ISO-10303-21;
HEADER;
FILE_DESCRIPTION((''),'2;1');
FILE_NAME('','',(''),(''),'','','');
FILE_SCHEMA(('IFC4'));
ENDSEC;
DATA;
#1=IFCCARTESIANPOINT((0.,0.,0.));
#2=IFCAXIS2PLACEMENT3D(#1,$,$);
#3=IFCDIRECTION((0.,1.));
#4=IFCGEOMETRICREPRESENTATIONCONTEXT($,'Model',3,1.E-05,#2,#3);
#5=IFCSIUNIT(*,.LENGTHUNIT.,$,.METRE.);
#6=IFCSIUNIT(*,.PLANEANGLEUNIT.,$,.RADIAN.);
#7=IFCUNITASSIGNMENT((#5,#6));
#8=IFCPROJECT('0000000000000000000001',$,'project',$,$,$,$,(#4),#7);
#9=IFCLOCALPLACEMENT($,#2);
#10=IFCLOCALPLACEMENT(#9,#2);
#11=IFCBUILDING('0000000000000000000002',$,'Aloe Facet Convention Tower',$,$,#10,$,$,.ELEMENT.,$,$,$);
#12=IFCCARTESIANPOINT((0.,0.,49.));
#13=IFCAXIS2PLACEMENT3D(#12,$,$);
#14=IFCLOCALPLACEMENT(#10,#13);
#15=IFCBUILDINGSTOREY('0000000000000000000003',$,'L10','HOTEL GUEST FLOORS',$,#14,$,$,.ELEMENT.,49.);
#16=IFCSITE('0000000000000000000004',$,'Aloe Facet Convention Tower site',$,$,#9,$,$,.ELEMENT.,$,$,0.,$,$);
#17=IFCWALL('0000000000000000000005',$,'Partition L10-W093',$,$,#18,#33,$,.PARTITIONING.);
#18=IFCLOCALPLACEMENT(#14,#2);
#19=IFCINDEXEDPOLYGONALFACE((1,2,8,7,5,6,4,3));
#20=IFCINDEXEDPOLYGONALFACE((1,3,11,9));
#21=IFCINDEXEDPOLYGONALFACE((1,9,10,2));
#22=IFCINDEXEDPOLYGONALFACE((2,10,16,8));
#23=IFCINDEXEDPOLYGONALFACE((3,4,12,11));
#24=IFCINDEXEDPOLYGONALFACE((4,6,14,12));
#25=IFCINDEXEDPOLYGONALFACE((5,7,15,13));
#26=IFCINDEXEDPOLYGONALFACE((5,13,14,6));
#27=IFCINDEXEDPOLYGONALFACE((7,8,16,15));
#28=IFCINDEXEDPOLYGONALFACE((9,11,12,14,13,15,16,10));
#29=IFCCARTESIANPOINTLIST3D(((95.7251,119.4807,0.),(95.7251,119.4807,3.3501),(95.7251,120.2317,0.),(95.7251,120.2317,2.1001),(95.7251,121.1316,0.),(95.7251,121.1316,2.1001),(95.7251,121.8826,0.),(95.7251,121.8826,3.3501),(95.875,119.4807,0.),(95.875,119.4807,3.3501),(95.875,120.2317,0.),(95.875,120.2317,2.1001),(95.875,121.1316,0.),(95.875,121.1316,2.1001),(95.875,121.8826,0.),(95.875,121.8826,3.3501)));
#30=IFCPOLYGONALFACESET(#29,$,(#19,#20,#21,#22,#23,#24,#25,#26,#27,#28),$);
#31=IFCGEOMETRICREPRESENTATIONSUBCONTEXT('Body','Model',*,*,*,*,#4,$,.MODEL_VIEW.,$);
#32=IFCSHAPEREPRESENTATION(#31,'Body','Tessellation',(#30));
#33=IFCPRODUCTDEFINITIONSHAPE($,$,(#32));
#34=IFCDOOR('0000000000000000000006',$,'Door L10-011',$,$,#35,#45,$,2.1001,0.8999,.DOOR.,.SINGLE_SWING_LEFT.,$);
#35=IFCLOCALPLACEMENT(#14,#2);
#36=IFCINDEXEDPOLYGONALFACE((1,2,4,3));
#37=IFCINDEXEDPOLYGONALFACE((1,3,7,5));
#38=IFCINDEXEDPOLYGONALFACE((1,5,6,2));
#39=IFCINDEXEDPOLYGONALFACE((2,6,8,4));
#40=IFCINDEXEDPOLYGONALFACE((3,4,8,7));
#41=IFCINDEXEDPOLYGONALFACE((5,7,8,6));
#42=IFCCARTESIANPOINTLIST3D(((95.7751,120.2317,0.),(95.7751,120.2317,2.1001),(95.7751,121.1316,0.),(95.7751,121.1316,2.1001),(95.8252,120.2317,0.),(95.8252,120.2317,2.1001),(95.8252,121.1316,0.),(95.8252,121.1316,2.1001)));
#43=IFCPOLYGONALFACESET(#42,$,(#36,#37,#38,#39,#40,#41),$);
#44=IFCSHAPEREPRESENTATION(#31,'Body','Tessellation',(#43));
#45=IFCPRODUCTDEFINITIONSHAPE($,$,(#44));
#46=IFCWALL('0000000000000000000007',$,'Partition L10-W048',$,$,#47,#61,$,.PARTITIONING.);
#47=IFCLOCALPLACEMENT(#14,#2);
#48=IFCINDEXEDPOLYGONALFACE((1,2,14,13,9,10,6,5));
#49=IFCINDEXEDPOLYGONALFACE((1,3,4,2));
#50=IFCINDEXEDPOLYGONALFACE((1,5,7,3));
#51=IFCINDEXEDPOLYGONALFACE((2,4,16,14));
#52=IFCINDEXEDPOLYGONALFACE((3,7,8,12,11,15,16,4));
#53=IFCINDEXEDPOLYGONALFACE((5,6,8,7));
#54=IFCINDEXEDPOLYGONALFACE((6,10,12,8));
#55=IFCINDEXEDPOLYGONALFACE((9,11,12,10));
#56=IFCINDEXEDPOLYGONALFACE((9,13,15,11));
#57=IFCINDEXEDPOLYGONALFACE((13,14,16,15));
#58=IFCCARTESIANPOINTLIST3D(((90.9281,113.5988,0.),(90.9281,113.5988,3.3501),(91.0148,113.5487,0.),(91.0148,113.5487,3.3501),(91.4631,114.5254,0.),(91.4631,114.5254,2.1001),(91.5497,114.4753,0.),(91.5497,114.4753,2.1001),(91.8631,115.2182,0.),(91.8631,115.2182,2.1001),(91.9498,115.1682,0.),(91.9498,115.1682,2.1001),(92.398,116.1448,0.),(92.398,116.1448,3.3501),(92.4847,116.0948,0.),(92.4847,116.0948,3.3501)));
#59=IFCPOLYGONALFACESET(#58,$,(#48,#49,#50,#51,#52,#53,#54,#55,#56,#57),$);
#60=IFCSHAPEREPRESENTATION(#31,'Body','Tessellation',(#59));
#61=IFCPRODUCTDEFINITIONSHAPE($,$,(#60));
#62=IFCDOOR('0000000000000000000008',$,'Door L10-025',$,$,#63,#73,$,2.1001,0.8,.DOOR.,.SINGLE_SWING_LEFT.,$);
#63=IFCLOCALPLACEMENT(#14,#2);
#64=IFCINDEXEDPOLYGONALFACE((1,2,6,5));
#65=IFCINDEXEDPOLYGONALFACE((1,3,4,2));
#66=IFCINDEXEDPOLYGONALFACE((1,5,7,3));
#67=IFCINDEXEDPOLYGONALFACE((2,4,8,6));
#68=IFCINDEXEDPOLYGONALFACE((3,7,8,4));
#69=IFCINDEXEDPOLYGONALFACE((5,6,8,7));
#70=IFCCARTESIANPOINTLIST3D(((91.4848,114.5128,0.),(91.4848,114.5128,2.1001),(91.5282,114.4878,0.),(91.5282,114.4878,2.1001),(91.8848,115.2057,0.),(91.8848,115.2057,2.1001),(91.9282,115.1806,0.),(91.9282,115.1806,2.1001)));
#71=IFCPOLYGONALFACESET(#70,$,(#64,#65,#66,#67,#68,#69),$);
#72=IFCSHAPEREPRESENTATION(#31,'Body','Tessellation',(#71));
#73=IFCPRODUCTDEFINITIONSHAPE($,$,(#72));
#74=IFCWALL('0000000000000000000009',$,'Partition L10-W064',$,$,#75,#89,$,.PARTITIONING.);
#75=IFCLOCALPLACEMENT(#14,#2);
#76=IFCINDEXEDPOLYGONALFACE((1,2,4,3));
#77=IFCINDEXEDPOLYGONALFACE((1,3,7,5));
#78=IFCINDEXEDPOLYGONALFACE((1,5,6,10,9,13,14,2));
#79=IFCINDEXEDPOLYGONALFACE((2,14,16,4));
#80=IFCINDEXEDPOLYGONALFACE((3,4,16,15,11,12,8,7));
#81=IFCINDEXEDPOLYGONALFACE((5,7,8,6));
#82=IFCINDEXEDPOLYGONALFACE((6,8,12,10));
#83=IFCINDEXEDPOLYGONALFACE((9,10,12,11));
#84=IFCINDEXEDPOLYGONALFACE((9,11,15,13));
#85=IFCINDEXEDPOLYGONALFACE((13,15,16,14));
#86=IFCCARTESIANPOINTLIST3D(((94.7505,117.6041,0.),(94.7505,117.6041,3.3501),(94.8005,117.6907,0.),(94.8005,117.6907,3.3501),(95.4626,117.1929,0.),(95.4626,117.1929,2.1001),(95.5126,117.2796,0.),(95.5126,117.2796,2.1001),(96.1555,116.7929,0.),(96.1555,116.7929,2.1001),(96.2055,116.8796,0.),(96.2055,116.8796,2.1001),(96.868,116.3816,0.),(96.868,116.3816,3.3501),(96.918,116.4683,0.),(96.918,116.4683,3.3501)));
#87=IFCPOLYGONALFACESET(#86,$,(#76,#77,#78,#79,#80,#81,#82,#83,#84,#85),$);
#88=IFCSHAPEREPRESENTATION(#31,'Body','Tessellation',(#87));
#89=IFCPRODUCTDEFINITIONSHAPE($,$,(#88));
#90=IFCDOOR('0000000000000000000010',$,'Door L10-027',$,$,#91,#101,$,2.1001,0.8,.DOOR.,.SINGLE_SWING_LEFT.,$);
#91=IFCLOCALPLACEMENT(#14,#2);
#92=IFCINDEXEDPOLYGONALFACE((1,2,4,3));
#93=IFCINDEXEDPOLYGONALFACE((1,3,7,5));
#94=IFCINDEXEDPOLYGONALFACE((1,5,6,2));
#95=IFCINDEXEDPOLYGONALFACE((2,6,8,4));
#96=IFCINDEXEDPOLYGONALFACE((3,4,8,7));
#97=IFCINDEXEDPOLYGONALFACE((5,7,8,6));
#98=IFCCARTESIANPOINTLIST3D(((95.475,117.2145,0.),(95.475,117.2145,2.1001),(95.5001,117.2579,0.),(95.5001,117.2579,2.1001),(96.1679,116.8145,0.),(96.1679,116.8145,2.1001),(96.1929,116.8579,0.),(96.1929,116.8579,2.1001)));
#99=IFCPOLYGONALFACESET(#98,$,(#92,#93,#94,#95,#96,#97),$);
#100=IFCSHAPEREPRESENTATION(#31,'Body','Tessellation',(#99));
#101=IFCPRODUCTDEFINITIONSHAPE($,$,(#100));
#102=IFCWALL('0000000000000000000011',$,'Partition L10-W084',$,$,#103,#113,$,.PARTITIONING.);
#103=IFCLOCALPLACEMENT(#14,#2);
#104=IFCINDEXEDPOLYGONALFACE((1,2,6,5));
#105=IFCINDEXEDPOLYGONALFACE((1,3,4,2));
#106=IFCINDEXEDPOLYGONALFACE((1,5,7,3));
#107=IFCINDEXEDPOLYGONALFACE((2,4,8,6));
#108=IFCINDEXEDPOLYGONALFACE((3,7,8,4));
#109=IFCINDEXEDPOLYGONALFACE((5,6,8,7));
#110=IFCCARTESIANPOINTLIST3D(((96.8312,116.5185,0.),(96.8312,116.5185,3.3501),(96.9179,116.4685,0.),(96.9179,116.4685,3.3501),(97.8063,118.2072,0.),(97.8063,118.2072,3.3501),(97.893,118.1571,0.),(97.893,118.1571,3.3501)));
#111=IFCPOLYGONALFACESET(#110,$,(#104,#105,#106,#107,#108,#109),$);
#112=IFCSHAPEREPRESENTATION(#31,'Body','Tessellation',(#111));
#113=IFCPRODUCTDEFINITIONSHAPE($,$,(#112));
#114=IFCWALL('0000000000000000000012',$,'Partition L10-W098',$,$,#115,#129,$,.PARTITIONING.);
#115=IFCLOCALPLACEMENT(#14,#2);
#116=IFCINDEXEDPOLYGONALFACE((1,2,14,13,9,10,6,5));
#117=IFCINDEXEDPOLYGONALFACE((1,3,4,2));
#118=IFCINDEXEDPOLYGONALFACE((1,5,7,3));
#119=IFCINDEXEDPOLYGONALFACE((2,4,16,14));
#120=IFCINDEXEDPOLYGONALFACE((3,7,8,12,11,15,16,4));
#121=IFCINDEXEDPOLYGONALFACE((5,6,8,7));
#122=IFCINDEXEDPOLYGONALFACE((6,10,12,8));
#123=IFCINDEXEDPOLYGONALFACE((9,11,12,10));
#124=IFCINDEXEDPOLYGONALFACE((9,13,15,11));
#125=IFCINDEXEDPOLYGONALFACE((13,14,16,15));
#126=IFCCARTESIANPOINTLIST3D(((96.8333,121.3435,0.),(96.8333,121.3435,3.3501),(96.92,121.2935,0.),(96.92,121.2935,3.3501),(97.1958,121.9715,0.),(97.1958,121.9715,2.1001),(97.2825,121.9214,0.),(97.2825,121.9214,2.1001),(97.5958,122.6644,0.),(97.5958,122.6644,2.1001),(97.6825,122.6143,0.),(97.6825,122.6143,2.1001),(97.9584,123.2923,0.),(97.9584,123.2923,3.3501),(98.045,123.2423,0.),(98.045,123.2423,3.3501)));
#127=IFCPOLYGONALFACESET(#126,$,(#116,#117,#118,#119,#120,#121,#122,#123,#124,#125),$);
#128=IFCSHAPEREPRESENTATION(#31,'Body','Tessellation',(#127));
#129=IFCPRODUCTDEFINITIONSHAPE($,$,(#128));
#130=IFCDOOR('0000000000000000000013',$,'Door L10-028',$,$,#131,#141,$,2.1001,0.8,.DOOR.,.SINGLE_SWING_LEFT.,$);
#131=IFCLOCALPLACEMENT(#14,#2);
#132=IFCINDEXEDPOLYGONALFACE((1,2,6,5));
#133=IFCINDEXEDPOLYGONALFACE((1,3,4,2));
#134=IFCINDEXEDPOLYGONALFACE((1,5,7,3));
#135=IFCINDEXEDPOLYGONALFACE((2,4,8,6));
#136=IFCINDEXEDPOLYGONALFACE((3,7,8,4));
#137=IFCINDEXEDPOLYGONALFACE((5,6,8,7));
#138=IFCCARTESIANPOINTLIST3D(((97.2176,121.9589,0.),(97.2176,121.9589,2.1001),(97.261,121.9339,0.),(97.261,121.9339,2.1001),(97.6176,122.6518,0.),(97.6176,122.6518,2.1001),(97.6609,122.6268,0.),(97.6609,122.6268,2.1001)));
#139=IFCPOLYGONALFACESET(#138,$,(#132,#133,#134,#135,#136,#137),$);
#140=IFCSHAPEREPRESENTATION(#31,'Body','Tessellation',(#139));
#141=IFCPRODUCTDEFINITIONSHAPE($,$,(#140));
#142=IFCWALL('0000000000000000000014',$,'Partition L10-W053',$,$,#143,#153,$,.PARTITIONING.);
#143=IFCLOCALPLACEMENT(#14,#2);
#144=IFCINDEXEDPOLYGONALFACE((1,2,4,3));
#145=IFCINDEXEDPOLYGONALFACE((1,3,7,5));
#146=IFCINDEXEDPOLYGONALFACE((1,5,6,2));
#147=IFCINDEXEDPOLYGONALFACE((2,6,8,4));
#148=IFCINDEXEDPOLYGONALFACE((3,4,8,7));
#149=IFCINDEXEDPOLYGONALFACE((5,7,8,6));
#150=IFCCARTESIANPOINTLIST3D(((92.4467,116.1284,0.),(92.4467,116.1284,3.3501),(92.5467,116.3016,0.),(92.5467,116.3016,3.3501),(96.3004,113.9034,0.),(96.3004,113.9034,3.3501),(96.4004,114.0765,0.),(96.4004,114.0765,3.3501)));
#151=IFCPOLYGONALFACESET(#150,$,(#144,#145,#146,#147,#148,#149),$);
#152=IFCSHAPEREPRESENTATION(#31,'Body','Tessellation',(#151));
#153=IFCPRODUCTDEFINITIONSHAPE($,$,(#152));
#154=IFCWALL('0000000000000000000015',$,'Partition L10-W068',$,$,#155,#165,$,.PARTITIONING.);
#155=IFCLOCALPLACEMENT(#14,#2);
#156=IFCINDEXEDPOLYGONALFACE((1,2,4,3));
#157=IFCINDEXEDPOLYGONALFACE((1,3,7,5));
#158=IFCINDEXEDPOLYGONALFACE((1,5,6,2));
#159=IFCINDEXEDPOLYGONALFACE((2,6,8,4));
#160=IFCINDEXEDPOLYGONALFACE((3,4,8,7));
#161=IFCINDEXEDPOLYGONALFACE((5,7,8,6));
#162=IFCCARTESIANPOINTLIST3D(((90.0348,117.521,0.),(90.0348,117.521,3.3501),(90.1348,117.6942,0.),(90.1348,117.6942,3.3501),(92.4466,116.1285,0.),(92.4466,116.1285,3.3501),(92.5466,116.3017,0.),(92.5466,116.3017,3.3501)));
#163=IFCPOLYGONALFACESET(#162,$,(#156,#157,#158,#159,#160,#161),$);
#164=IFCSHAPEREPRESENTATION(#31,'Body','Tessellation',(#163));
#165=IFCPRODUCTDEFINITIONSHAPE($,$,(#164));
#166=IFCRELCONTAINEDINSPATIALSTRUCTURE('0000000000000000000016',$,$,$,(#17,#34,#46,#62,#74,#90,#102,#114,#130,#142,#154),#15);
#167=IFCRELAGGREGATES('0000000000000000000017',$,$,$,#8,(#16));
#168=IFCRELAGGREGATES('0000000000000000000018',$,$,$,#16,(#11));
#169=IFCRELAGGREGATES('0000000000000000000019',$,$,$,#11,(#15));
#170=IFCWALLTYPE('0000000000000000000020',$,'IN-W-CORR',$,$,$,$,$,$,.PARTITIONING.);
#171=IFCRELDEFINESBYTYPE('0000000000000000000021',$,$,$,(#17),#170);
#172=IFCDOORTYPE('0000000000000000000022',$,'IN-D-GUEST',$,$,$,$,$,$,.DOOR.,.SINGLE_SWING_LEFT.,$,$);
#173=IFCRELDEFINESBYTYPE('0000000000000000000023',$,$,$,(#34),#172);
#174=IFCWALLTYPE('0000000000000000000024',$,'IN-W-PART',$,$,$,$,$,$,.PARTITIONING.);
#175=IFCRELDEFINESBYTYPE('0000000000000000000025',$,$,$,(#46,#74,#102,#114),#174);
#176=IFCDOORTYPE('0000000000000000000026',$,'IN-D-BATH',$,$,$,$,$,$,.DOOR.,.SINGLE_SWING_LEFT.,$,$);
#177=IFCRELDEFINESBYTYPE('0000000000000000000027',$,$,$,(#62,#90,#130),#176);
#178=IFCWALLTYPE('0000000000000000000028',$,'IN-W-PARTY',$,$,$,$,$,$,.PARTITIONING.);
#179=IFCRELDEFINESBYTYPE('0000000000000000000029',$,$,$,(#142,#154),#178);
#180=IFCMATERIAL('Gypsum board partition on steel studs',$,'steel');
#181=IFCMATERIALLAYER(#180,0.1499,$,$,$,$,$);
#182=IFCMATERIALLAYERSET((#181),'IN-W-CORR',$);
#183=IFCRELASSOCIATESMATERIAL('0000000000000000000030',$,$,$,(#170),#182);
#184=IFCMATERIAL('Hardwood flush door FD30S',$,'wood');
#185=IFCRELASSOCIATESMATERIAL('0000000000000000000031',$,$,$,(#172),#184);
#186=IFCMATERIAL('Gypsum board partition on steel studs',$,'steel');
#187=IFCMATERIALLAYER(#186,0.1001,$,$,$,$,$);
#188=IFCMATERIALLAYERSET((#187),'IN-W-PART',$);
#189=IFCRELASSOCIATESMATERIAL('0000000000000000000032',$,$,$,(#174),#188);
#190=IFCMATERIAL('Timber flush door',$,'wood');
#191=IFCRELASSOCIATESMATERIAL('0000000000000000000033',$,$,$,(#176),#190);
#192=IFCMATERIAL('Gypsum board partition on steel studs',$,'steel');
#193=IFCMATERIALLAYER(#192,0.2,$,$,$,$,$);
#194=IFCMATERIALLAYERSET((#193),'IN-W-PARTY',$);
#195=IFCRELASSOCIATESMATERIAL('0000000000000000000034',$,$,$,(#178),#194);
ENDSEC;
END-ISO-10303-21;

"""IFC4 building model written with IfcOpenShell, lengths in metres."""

from ifc_helpers import new_model, si_unit, direction, frame, frame_2d, origin, place, context, subcontext, project, spatial, rectangle, extrude, material, layer, layer_set, type_object, element, fill, save


model = new_model("IFC4")

# Units and contexts
model_context = context("Model", 3, precision=1e-05, world=origin(), true_north=direction((0.0, 1.0)))
body_context = subcontext(model_context, "Body", "Model", "MODEL_VIEW")
ifc_project = project(units=[si_unit("LENGTHUNIT", "METRE"), si_unit("PLANEANGLEUNIT", "RADIAN")], contexts=[model_context])

# Site, building, storey
site_placement = place(None, origin())
site = spatial("IfcSite", under=ifc_project, at=site_placement, Name="Aloe Facet Convention Tower site", CompositionType="ELEMENT", RefElevation=0.0)
building_placement = place(site_placement, origin())
building = spatial("IfcBuilding", under=site, at=building_placement, Name="Aloe Facet Convention Tower", CompositionType="ELEMENT")
storey_placement = place(building_placement, frame((0.0, 0.0, 49.0)))
storey = spatial("IfcBuildingStorey", under=building, at=storey_placement, Name="L10", Description="HOTEL GUEST FLOORS", CompositionType="ELEMENT", Elevation=49.0)

# Shared definitions
ifc_material_1 = material(Name="Gypsum board partition on steel studs", Category="steel")
ifc_layer_1 = layer(ifc_material_1, 0.1499)
ifc_layer_set_1 = layer_set([ifc_layer_1], Name="IN-W-CORR")
wall_type_1 = type_object("IfcWallType", Name="IN-W-CORR", PredefinedType="PARTITIONING", material=ifc_layer_set_1)

# Shared definitions
ifc_material_2 = material(Name="Hardwood flush door FD30S", Category="wood")
door_type_1 = type_object("IfcDoorType", Name="IN-D-GUEST", OperationType="SINGLE_SWING_LEFT", PredefinedType="DOOR", material=ifc_material_2)

# Walls, openings, doors
wall_1_placement = place(storey_placement, frame((95.8, 119.4807, 0.0), z_axis=(0.0, 0.0, 1.0), x_axis=(0.0, 1.0, 0.0)))
wall_1 = element("IfcWall", 1, at=wall_1_placement, inside=storey, type_object=wall_type_1, Name="Partition L10-W093", PredefinedType="PARTITIONING", context=body_context, shape_type="SweptSolid", body=[
    extrude(rectangle(XDim=2.4019, YDim=0.1499, at=frame_2d((1.2009, 0.0))), origin(), (0.0, 0.0, 1.0), 3.3501),
])
opening_1_placement = place(wall_1_placement, frame((0.751, 0.0, 0.0)))
opening_1 = element("IfcOpeningElement", 2, at=opening_1_placement, cuts=wall_1, PredefinedType="OPENING", context=body_context, shape_type="SweptSolid", body=[
    extrude(rectangle(XDim=0.8999, YDim=2.1001, at=frame_2d((0.45, 1.05))), frame((0.0, 0.085, 0.0), z_axis=(0.0, -1.0, 0.0), x_axis=(1.0, 0.0, 0.0)), (0.0, 0.0, 1.0), 0.1699),
])
door_1_placement = place(opening_1_placement, origin())
door_1 = element("IfcDoor", 3, at=door_1_placement, inside=storey, type_object=door_type_1, Name="Door L10-011", OperationType="SINGLE_SWING_LEFT", OverallHeight=2.1001, OverallWidth=0.8999, PredefinedType="DOOR", context=body_context, shape_type="SweptSolid", body=[
    extrude(rectangle(XDim=0.8999, YDim=2.1001, at=frame_2d((0.45, 1.05))), frame((0.0, 0.0249, 0.0), z_axis=(0.0, -1.0, 0.0), x_axis=(1.0, 0.0, 0.0)), (0.0, 0.0, 1.0), 0.05),
])
fill(opening_1, door_1)
ifc_material_3 = material(Name="Gypsum board partition on steel studs", Category="steel")
ifc_layer_2 = layer(ifc_material_3, 0.1001)
ifc_layer_set_2 = layer_set([ifc_layer_2], Name="IN-W-PART")
wall_type_2 = type_object("IfcWallType", Name="IN-W-PART", PredefinedType="PARTITIONING", material=ifc_layer_set_2)
wall_2_placement = place(storey_placement, frame((90.9714, 113.5737, 0.0), z_axis=(0.0, 0.0, 1.0), x_axis=(0.499988, 0.866032, 0.0)))
wall_2 = element("IfcWall", 4, at=wall_2_placement, inside=storey, type_object=wall_type_2, Name="Partition L10-W048", PredefinedType="PARTITIONING", context=body_context, shape_type="SweptSolid", body=[
    extrude(rectangle(XDim=2.9399, YDim=0.1001, at=frame_2d((1.47, 0.0))), origin(), (0.0, 0.0, 1.0), 3.3501),
])
opening_2_placement = place(wall_2_placement, frame((1.0701, 0.0, 0.0)))
opening_2 = element("IfcOpeningElement", 5, at=opening_2_placement, cuts=wall_2, PredefinedType="OPENING", context=body_context, shape_type="SweptSolid", body=[
    extrude(rectangle(XDim=0.8, YDim=2.1001, at=frame_2d((0.3999, 1.05))), frame((0.0, 0.0601, 0.0), z_axis=(0.0, -1.0, 0.0), x_axis=(1.0, 0.0, 0.0)), (0.0, 0.0, 1.0), 0.1201),
])
ifc_material_4 = material(Name="Timber flush door", Category="wood")
door_type_2 = type_object("IfcDoorType", Name="IN-D-BATH", OperationType="SINGLE_SWING_LEFT", PredefinedType="DOOR", material=ifc_material_4)
door_2_placement = place(opening_2_placement, origin())
door_2 = element("IfcDoor", 6, at=door_2_placement, inside=storey, type_object=door_type_2, Name="Door L10-025", OperationType="SINGLE_SWING_LEFT", OverallHeight=2.1001, OverallWidth=0.8, PredefinedType="DOOR", context=body_context, shape_type="SweptSolid", body=[
    extrude(rectangle(XDim=0.8, YDim=2.1001, at=frame_2d((0.3999, 1.05))), frame((0.0, 0.0249, 0.0), z_axis=(0.0, -1.0, 0.0), x_axis=(1.0, 0.0, 0.0)), (0.0, 0.0, 1.0), 0.05),
])
fill(opening_2, door_2)
wall_3_placement = place(storey_placement, frame((94.7754, 117.6475, 0.0), z_axis=(0.0, 0.0, 1.0), x_axis=(0.866041, -0.499973, 0.0)))
wall_3 = element("IfcWall", 7, at=wall_3_placement, inside=storey, type_object=wall_type_2, Name="Partition L10-W064", PredefinedType="PARTITIONING", context=body_context, shape_type="SweptSolid", body=[
    extrude(rectangle(XDim=2.4451, YDim=0.1001, at=frame_2d((1.2227, 0.0))), origin(), (0.0, 0.0, 1.0), 3.3501),
])
opening_3_placement = place(wall_3_placement, frame((0.8225, 0.0, 0.0)))
opening_3 = element("IfcOpeningElement", 8, at=opening_3_placement, cuts=wall_3, PredefinedType="OPENING", context=body_context, shape_type="SweptSolid", body=[
    extrude(rectangle(XDim=0.8, YDim=2.1001, at=frame_2d((0.3999, 1.05))), frame((0.0, 0.0601, 0.0), z_axis=(0.0, -1.0, 0.0), x_axis=(1.0, 0.0, 0.0)), (0.0, 0.0, 1.0), 0.1201),
])
door_3_placement = place(opening_3_placement, origin())
door_3 = element("IfcDoor", 9, at=door_3_placement, inside=storey, type_object=door_type_2, Name="Door L10-027", OperationType="SINGLE_SWING_LEFT", OverallHeight=2.1001, OverallWidth=0.8, PredefinedType="DOOR", context=body_context, shape_type="SweptSolid", body=[
    extrude(rectangle(XDim=0.8, YDim=2.1001, at=frame_2d((0.3999, 1.05))), frame((0.0, 0.0249, 0.0), z_axis=(0.0, -1.0, 0.0), x_axis=(1.0, 0.0, 0.0)), (0.0, 0.0, 1.0), 0.05),
])
fill(opening_3, door_3)

# Wall
wall_4_placement = place(storey_placement, frame((96.8745, 116.4934, 0.0), z_axis=(0.0, 0.0, 1.0), x_axis=(0.500044, 0.866, 0.0)))
element("IfcWall", 10, at=wall_4_placement, inside=storey, type_object=wall_type_2, Name="Partition L10-W084", PredefinedType="PARTITIONING", context=body_context, shape_type="SweptSolid", body=[
    extrude(rectangle(XDim=1.95, YDim=0.1001, at=frame_2d((0.9751, 0.0))), origin(), (0.0, 0.0, 1.0), 3.3501),
])

# Wall, opening, door
wall_5_placement = place(storey_placement, frame((96.8767, 121.3186, 0.0), z_axis=(0.0, 0.0, 1.0), x_axis=(0.499967, 0.866045, 0.0)))
wall_5 = element("IfcWall", 11, at=wall_5_placement, inside=storey, type_object=wall_type_2, Name="Partition L10-W098", PredefinedType="PARTITIONING", context=body_context, shape_type="SweptSolid", body=[
    extrude(rectangle(XDim=2.2502, YDim=0.1001, at=frame_2d((1.125, 0.0))), origin(), (0.0, 0.0, 1.0), 3.3501),
])
opening_4_placement = place(wall_5_placement, frame((0.7251, 0.0, 0.0)))
opening_4 = element("IfcOpeningElement", 12, at=opening_4_placement, cuts=wall_5, PredefinedType="OPENING", context=body_context, shape_type="SweptSolid", body=[
    extrude(rectangle(XDim=0.8, YDim=2.1001, at=frame_2d((0.3999, 1.05))), frame((0.0, 0.0601, 0.0), z_axis=(0.0, -1.0, 0.0), x_axis=(1.0, 0.0, 0.0)), (0.0, 0.0, 1.0), 0.1201),
])
door_4_placement = place(opening_4_placement, origin())
door_4 = element("IfcDoor", 13, at=door_4_placement, inside=storey, type_object=door_type_2, Name="Door L10-028", OperationType="SINGLE_SWING_LEFT", OverallHeight=2.1001, OverallWidth=0.8, PredefinedType="DOOR", context=body_context, shape_type="SweptSolid", body=[
    extrude(rectangle(XDim=0.8, YDim=2.1001, at=frame_2d((0.3999, 1.05))), frame((0.0, 0.0249, 0.0), z_axis=(0.0, -1.0, 0.0), x_axis=(1.0, 0.0, 0.0)), (0.0, 0.0, 1.0), 0.05),
])
fill(opening_4, door_4)

# Walls
ifc_material_5 = material(Name="Gypsum board partition on steel studs", Category="steel")
ifc_layer_3 = layer(ifc_material_5, 0.2)
ifc_layer_set_3 = layer_set([ifc_layer_3], Name="IN-W-PARTY")
wall_type_3 = type_object("IfcWallType", Name="IN-W-PARTY", PredefinedType="PARTITIONING", material=ifc_layer_set_3)
wall_6_placement = place(storey_placement, frame((92.4966, 116.2151, 0.0), z_axis=(0.0, 0.0, 1.0), x_axis=(0.866013, -0.500022, 0.0)))
element("IfcWall", 14, at=wall_6_placement, inside=storey, type_object=wall_type_3, Name="Partition L10-W053", PredefinedType="PARTITIONING", context=body_context, shape_type="SweptSolid", body=[
    extrude(rectangle(XDim=4.45, YDim=0.2, at=frame_2d((2.2251, 0.0))), origin(), (0.0, 0.0, 1.0), 3.3501),
])
wall_7_placement = place(storey_placement, frame((90.0847, 117.6077, 0.0), z_axis=(0.0, 0.0, 1.0), x_axis=(0.866012, -0.500023, 0.0)))
element("IfcWall", 15, at=wall_7_placement, inside=storey, type_object=wall_type_3, Name="Partition L10-W068", PredefinedType="PARTITIONING", context=body_context, shape_type="SweptSolid", body=[
    extrude(rectangle(XDim=2.7849, YDim=0.2, at=frame_2d((1.3926, 0.0))), origin(), (0.0, 0.0, 1.0), 3.3501),
])

save(model, "model.ifc")
